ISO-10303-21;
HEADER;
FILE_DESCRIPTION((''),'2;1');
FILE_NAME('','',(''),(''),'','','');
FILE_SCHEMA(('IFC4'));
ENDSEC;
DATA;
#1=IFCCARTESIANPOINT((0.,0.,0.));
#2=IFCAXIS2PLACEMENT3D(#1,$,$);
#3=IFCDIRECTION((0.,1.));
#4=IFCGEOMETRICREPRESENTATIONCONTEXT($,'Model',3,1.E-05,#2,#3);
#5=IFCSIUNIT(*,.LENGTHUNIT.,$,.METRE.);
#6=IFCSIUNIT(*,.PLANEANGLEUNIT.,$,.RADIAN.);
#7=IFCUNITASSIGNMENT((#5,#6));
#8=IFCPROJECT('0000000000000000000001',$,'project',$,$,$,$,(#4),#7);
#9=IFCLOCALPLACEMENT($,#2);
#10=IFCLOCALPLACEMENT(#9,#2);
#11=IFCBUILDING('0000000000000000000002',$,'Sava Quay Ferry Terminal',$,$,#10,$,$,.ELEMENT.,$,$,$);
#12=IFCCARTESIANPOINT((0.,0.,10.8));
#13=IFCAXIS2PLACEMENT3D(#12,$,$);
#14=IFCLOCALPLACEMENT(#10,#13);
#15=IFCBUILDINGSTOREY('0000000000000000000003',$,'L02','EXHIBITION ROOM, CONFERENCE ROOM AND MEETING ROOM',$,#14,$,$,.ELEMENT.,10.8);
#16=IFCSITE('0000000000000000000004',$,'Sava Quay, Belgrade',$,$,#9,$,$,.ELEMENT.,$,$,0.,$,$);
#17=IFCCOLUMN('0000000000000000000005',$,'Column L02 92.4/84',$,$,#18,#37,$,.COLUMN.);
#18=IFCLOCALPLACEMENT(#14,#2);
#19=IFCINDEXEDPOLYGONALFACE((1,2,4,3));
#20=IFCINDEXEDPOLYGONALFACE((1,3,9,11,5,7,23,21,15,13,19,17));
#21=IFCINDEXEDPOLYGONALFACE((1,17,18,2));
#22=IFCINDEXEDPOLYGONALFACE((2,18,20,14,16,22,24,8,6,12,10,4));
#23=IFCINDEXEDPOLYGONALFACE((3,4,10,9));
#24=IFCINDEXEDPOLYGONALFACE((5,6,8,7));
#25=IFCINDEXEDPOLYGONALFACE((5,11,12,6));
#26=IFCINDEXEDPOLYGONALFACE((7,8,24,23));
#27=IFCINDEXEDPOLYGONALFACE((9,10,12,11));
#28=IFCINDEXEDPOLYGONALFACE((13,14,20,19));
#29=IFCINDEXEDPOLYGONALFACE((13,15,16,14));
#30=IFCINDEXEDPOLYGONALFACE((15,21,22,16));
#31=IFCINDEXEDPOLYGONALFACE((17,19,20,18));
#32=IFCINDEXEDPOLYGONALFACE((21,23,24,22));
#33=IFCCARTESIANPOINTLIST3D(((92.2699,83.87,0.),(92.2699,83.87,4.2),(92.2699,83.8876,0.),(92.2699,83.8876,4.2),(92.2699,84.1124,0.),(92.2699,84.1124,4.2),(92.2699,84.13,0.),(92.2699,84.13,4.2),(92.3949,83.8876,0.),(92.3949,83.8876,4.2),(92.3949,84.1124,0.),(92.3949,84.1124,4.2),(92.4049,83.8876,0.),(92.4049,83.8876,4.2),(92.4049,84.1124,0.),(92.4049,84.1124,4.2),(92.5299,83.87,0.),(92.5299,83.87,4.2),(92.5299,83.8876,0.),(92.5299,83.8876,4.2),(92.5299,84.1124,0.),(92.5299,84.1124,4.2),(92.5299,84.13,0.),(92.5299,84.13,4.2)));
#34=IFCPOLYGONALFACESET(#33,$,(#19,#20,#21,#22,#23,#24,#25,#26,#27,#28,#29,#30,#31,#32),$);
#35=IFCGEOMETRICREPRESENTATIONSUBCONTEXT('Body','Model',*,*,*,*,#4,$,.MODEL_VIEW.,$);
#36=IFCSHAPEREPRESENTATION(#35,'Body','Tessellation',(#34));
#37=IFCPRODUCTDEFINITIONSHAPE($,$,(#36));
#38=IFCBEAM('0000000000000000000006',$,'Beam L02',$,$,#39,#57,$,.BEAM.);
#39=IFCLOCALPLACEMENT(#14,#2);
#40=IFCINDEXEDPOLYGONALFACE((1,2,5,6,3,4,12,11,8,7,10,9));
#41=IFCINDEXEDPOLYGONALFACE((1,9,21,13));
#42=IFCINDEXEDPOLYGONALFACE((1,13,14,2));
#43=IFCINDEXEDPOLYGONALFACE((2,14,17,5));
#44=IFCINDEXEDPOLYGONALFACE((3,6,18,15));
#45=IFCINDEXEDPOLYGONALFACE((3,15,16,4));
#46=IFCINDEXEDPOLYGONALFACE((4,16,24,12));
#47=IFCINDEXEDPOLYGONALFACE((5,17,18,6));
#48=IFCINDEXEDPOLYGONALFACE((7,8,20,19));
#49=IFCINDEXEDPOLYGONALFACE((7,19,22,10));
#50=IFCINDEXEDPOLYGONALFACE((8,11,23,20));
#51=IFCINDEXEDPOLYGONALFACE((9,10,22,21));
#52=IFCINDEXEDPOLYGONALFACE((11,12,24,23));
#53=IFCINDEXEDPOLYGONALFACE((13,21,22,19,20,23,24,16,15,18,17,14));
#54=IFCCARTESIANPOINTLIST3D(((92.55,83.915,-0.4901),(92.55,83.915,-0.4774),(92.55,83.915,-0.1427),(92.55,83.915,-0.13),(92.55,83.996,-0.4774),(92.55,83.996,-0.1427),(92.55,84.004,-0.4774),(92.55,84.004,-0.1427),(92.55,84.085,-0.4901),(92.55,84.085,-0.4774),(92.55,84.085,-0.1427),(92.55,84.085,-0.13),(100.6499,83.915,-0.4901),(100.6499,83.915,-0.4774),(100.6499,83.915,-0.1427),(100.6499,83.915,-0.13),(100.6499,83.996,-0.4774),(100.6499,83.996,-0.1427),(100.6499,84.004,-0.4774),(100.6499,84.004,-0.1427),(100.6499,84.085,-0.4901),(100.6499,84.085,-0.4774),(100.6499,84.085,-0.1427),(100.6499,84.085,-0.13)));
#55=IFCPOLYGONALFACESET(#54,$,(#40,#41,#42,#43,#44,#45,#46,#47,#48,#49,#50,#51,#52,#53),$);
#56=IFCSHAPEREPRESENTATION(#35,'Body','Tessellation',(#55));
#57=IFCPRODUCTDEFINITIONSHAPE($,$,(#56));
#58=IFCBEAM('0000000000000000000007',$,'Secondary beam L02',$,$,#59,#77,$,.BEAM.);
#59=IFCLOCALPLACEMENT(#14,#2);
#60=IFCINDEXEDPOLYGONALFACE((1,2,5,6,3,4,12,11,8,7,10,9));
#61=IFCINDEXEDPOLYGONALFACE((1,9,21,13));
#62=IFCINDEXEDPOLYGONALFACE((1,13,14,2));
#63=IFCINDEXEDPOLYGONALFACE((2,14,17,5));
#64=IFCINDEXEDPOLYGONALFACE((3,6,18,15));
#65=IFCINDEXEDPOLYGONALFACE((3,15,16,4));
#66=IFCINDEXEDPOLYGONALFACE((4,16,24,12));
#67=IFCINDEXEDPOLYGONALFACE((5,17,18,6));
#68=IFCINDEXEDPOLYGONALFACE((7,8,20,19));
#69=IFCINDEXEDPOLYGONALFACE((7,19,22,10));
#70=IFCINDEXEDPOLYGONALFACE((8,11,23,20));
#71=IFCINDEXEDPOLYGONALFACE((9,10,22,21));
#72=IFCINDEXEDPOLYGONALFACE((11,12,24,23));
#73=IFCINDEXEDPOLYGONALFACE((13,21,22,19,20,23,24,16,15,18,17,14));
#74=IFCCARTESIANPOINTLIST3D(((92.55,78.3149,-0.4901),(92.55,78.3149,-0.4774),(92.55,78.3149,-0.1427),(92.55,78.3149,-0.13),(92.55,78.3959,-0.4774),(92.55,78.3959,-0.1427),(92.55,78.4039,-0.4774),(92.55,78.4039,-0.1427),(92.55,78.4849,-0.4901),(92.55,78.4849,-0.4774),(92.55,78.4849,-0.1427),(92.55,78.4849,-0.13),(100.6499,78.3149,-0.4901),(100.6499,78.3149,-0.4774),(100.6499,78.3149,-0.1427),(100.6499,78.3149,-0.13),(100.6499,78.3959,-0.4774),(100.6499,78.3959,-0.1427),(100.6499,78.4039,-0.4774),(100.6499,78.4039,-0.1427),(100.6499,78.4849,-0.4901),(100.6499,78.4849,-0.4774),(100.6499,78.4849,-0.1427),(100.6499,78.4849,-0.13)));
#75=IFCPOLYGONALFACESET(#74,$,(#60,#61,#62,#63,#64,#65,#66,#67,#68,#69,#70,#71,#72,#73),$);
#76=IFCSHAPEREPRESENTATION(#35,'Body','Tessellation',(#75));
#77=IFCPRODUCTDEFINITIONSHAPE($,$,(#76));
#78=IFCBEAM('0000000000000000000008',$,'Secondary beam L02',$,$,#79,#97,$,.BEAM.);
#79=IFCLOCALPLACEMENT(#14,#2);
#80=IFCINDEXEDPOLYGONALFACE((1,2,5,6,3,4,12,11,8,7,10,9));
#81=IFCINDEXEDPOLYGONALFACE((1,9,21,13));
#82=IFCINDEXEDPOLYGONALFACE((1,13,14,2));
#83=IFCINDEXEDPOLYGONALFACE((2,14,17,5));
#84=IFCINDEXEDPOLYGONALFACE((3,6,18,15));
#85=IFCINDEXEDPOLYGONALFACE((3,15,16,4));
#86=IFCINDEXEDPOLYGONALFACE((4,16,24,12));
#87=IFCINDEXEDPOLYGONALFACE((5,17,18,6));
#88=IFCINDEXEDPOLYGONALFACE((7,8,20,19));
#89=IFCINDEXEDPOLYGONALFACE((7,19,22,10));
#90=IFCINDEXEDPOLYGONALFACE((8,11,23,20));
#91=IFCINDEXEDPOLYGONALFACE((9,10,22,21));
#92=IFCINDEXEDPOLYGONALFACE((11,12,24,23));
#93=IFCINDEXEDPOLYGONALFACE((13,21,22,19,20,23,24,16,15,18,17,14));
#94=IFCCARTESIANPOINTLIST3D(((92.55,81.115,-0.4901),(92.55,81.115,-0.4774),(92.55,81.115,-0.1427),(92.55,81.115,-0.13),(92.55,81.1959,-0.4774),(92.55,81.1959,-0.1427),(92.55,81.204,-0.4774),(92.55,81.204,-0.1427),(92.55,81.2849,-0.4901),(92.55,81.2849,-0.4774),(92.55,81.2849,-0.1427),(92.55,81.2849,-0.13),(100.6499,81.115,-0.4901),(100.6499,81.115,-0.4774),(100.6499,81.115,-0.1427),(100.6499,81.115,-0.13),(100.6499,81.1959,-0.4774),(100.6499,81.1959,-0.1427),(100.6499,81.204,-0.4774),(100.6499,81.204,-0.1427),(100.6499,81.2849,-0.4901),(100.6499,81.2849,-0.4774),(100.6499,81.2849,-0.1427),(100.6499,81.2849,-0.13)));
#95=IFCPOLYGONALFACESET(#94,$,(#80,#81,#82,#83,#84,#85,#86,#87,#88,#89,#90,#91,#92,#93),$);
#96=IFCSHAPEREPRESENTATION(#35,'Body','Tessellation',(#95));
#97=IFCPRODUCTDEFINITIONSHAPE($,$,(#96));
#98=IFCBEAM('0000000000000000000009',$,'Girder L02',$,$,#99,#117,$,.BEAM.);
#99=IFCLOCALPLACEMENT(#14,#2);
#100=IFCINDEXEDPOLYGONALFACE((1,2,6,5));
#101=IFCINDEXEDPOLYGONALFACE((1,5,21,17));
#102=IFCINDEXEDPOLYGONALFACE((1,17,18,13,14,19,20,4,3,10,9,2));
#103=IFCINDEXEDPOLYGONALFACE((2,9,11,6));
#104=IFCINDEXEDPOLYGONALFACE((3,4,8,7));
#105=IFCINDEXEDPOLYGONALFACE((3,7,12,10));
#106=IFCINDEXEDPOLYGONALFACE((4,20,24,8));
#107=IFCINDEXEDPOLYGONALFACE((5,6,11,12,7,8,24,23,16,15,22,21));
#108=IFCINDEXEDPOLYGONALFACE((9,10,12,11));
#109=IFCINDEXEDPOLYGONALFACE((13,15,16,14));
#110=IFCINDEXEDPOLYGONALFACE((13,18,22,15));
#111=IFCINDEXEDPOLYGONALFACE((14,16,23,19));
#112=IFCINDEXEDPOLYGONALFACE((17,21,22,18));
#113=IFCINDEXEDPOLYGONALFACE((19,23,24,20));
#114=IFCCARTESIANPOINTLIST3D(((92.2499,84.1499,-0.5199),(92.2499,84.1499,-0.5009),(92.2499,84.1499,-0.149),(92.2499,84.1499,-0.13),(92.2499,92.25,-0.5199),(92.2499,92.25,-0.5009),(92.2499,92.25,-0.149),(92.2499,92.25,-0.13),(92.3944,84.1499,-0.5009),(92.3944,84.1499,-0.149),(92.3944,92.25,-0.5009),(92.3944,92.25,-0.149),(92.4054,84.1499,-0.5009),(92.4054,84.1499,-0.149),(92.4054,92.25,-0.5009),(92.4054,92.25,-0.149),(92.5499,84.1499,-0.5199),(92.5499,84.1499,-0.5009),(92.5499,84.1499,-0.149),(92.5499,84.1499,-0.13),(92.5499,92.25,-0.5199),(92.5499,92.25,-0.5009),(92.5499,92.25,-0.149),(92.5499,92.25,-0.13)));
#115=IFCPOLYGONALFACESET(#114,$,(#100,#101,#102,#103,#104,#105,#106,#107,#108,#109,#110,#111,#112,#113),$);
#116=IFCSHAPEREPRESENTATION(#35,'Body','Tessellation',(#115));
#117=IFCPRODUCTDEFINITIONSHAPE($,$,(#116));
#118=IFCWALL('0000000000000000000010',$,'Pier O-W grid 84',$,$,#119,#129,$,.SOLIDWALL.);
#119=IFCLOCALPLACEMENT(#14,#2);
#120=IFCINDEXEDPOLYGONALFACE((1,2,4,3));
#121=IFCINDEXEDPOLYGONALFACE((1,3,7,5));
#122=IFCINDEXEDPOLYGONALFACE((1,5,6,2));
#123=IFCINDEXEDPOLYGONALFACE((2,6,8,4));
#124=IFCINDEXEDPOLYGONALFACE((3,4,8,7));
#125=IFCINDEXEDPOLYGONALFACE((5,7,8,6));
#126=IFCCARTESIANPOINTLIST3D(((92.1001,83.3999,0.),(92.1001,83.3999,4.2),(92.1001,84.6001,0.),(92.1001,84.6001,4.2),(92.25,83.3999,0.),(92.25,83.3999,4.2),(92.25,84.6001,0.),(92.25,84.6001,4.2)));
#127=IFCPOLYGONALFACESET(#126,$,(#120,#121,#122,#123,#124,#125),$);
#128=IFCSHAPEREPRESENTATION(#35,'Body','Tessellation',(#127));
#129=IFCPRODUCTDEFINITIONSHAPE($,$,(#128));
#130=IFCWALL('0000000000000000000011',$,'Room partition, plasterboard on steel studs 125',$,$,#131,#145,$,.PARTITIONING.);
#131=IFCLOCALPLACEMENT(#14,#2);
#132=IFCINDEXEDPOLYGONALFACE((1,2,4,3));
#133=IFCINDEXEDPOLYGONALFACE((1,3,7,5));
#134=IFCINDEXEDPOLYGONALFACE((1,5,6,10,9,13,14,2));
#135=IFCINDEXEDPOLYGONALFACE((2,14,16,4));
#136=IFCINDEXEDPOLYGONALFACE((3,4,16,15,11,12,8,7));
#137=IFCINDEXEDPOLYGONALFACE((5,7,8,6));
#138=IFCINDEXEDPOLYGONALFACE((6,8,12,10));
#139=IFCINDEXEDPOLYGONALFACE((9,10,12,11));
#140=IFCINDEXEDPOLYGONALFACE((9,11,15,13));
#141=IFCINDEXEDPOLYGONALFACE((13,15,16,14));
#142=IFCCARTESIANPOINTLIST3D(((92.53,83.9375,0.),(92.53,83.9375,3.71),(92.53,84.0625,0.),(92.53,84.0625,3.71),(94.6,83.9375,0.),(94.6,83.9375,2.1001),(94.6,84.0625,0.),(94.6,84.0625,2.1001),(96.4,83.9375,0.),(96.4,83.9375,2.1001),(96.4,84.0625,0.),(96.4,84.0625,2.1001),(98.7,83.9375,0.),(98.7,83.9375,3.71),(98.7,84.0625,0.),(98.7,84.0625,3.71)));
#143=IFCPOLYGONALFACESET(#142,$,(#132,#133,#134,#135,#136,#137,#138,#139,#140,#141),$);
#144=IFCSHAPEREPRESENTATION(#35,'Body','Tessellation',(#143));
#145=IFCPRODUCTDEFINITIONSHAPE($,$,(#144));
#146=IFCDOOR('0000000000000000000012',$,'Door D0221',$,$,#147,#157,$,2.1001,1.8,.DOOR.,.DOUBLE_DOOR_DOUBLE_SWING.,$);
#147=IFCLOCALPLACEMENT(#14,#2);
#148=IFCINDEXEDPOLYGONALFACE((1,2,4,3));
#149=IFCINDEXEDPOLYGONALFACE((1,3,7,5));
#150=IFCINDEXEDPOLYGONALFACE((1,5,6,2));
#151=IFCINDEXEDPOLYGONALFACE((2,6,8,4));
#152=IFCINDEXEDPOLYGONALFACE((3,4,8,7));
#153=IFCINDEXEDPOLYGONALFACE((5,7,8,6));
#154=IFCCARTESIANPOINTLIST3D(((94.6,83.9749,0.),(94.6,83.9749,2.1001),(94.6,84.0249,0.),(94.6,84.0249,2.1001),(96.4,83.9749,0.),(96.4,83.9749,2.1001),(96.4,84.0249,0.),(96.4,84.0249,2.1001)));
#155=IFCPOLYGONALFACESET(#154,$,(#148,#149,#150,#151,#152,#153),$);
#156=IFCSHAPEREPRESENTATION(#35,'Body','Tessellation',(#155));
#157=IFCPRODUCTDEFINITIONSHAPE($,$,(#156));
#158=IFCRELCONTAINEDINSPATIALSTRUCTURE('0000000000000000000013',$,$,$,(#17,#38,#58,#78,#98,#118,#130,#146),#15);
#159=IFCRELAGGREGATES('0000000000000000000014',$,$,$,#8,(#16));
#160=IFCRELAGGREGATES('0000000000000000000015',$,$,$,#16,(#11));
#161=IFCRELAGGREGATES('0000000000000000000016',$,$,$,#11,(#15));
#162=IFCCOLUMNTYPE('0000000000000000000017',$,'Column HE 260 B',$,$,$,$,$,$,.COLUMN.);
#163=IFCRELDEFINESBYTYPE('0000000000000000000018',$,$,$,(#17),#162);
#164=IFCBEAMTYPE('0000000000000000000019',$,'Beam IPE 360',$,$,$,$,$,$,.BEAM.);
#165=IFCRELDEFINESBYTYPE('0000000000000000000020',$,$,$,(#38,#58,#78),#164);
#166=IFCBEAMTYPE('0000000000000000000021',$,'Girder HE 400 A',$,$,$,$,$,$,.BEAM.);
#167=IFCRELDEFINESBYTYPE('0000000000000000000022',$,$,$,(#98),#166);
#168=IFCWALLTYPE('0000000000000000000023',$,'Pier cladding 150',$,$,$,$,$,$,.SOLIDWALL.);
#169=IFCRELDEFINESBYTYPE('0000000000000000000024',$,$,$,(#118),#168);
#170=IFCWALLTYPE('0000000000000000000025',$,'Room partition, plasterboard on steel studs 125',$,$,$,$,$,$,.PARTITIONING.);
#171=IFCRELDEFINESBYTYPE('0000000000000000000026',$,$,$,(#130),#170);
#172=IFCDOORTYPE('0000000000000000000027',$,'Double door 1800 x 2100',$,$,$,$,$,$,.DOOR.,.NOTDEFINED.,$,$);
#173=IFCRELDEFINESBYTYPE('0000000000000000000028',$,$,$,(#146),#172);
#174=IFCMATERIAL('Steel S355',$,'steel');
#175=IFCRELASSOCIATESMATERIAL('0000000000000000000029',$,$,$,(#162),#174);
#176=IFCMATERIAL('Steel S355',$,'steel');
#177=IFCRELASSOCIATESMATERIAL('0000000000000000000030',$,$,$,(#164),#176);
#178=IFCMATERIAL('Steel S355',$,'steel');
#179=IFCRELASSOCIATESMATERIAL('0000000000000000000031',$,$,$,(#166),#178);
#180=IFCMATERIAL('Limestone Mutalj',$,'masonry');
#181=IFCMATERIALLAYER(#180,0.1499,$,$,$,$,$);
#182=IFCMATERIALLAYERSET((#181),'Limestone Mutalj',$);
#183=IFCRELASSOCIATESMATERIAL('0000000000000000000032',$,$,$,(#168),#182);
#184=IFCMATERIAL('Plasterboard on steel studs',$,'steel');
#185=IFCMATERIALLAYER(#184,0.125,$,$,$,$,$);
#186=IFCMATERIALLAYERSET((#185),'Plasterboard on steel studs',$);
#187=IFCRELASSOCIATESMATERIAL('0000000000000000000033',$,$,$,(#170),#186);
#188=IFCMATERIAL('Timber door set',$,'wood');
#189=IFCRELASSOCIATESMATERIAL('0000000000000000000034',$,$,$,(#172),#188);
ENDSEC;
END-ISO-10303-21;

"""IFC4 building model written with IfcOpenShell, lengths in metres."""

from ifc_helpers import new_model, si_unit, direction, frame, frame_2d, origin, origin_2d, place, context, subcontext, project, spatial, rectangle, i_section, extrude, material, layer, layer_set, material_profile, profile_set, type_object, element, fill, save


model = new_model("IFC4")

# Units and contexts
model_context = context("Model", 3, precision=1e-05, world=origin(), true_north=direction((0.0, 1.0)))
body_context = subcontext(model_context, "Body", "Model", "MODEL_VIEW")
ifc_project = project(units=[si_unit("LENGTHUNIT", "METRE"), si_unit("PLANEANGLEUNIT", "RADIAN")], contexts=[model_context])

# Site, building, storey
site_placement = place(None, origin())
site = spatial("IfcSite", under=ifc_project, at=site_placement, Name="Sava Quay, Belgrade", CompositionType="ELEMENT", RefElevation=0.0)
building_placement = place(site_placement, origin())
building = spatial("IfcBuilding", under=site, at=building_placement, Name="Sava Quay Ferry Terminal", CompositionType="ELEMENT")
storey_placement = place(building_placement, frame((0.0, 0.0, 10.8)))
storey = spatial("IfcBuildingStorey", under=building, at=storey_placement, Name="L02", Description="EXHIBITION ROOM, CONFERENCE ROOM AND MEETING ROOM", CompositionType="ELEMENT", Elevation=10.8)

# Column
ifc_material_1 = material(Name="Steel S355", Category="steel")
ifc_material_profile_1 = material_profile(ifc_material_1, i_section(OverallWidth=0.26, OverallDepth=0.26, WebThickness=0.01, FlangeThickness=0.0176, at=origin_2d()), Name="HE 260 B")
ifc_profile_set_1 = profile_set([ifc_material_profile_1], Name="Steel S355")
column_type = type_object("IfcColumnType", Name="Column HE 260 B", PredefinedType="COLUMN", material=ifc_profile_set_1)
column_placement = place(storey_placement, frame((92.3999, 84.0, 0.0), z_axis=(0.0, 0.0, 1.0), x_axis=(1.0, 0.0, 0.0)))
element("IfcColumn", 1, at=column_placement, inside=storey, type_object=column_type, Name="Column L02 92.4/84", PredefinedType="COLUMN", context=body_context, shape_type="SweptSolid", body=[
    extrude(i_section(OverallWidth=0.26, OverallDepth=0.26, WebThickness=0.01, FlangeThickness=0.0176, at=origin_2d()), origin(), (0.0, 0.0, 1.0), 4.2),
])

# Beams
ifc_material_2 = material(Name="Steel S355", Category="steel")
ifc_material_profile_2 = material_profile(ifc_material_2, i_section(OverallWidth=0.1699, OverallDepth=0.3601, WebThickness=0.0081, FlangeThickness=0.0127, at=origin_2d()), Name="IPE 360")
ifc_profile_set_2 = profile_set([ifc_material_profile_2], Name="Steel S355")
beam_type_1 = type_object("IfcBeamType", Name="Beam IPE 360", PredefinedType="BEAM", material=ifc_profile_set_2)
for number, where, z_axis, x_axis, name in (
    (2, (92.55, 84.0, -0.3101), (1.0, 0.0, 0.0), (0.0, 1.0, 0.0), "Beam L02"),
    (3, (92.55, 78.3999, -0.3101), (1.0, 0.0, 0.0), (0.0, 1.0, 0.0), "Secondary beam L02"),
    (4, (92.55, 81.2, -0.3101), (1.0, 0.0, 0.0), (0.0, 1.0, 0.0), "Secondary beam L02"),
):
    element("IfcBeam", number, at=place(storey_placement, frame(where, z_axis=z_axis, x_axis=x_axis)), inside=storey, type_object=beam_type_1, Name=name, PredefinedType="BEAM", context=body_context, shape_type="SweptSolid", body=[
        extrude(i_section(OverallWidth=0.1699, OverallDepth=0.3601, WebThickness=0.0081, FlangeThickness=0.0127, at=origin_2d()), origin(), (0.0, 0.0, 1.0), 8.0999),
    ])
ifc_material_3 = material(Name="Steel S355", Category="steel")
ifc_material_profile_3 = material_profile(ifc_material_3, i_section(OverallWidth=0.3, OverallDepth=0.3899, WebThickness=0.011, FlangeThickness=0.019, at=origin_2d()), Name="HE 400 A")
ifc_profile_set_3 = profile_set([ifc_material_profile_3], Name="Steel S355")
beam_type_2 = type_object("IfcBeamType", Name="Girder HE 400 A", PredefinedType="BEAM", material=ifc_profile_set_3)
beam_placement = place(storey_placement, frame((92.3999, 84.1499, -0.325), z_axis=(0.0, 1.0, 0.0), x_axis=(-1.0, 0.0, 0.0)))
element("IfcBeam", 5, at=beam_placement, inside=storey, type_object=beam_type_2, Name="Girder L02", PredefinedType="BEAM", context=body_context, shape_type="SweptSolid", body=[
    extrude(i_section(OverallWidth=0.3, OverallDepth=0.3899, WebThickness=0.011, FlangeThickness=0.019, at=origin_2d()), origin(), (0.0, 0.0, 1.0), 8.1001),
])

# Wall
ifc_material_4 = material(Name="Limestone Mutalj", Category="masonry")
ifc_layer_1 = layer(ifc_material_4, 0.1499)
ifc_layer_set_1 = layer_set([ifc_layer_1], Name="Limestone Mutalj")
wall_type_1 = type_object("IfcWallType", Name="Pier cladding 150", PredefinedType="SOLIDWALL", material=ifc_layer_set_1)
wall_1_placement = place(storey_placement, frame((92.175, 83.3999, 0.0), z_axis=(0.0, 0.0, 1.0), x_axis=(0.0, 1.0, 0.0)))
element("IfcWall", 6, at=wall_1_placement, inside=storey, type_object=wall_type_1, Name="Pier O-W grid 84", PredefinedType="SOLIDWALL", context=body_context, shape_type="SweptSolid", body=[
    extrude(rectangle(XDim=1.2002, YDim=0.1499, at=frame_2d((0.6001, 0.0))), origin(), (0.0, 0.0, 1.0), 4.2),
])

# Wall, opening, door
ifc_material_5 = material(Name="Plasterboard on steel studs", Category="steel")
ifc_layer_2 = layer(ifc_material_5, 0.125)
ifc_layer_set_2 = layer_set([ifc_layer_2], Name="Plasterboard on steel studs")
wall_type_2 = type_object("IfcWallType", Name="Room partition, plasterboard on steel studs 125", PredefinedType="PARTITIONING", material=ifc_layer_set_2)
wall_2_placement = place(storey_placement, frame((92.53, 84.0, 0.0), z_axis=(0.0, 0.0, 1.0), x_axis=(1.0, 0.0, 0.0)))
wall_2 = element("IfcWall", 7, at=wall_2_placement, inside=storey, type_object=wall_type_2, Name="Room partition, plasterboard on steel studs 125", PredefinedType="PARTITIONING", context=body_context, shape_type="SweptSolid", body=[
    extrude(rectangle(XDim=6.1699, YDim=0.125, at=frame_2d((3.085, 0.0))), origin(), (0.0, 0.0, 1.0), 3.71),
])
opening_1_placement = place(wall_2_placement, frame((2.0701, 0.0, 0.0)))
opening_1 = element("IfcOpeningElement", 8, at=opening_1_placement, cuts=wall_2, PredefinedType="OPENING", context=body_context, shape_type="SweptSolid", body=[
    extrude(rectangle(XDim=1.8, YDim=2.1001, at=frame_2d((0.8999, 1.05))), frame((0.0, 0.0625, 0.0), z_axis=(0.0, -1.0, 0.0), x_axis=(1.0, 0.0, 0.0)), (0.0, 0.0, 1.0), 0.125),
])
ifc_material_6 = material(Name="Timber door set", Category="wood")
door_type = type_object("IfcDoorType", Name="Double door 1800 x 2100", OperationType="NOTDEFINED", PredefinedType="DOOR", material=ifc_material_6)
door_placement = place(opening_1_placement, origin())
door = element("IfcDoor", 9, at=door_placement, inside=storey, type_object=door_type, Name="Door D0221", OperationType="DOUBLE_DOOR_DOUBLE_SWING", OverallHeight=2.1001, OverallWidth=1.8, PredefinedType="DOOR", context=body_context, shape_type="SweptSolid", body=[
    extrude(rectangle(XDim=1.8, YDim=2.1001, at=frame_2d((0.8999, 1.05))), frame((0.0, 0.0249, 0.0), z_axis=(0.0, -1.0, 0.0), x_axis=(1.0, 0.0, 0.0)), (0.0, 0.0, 1.0), 0.05),
])
fill(opening_1, door)

save(model, "model.ifc")
